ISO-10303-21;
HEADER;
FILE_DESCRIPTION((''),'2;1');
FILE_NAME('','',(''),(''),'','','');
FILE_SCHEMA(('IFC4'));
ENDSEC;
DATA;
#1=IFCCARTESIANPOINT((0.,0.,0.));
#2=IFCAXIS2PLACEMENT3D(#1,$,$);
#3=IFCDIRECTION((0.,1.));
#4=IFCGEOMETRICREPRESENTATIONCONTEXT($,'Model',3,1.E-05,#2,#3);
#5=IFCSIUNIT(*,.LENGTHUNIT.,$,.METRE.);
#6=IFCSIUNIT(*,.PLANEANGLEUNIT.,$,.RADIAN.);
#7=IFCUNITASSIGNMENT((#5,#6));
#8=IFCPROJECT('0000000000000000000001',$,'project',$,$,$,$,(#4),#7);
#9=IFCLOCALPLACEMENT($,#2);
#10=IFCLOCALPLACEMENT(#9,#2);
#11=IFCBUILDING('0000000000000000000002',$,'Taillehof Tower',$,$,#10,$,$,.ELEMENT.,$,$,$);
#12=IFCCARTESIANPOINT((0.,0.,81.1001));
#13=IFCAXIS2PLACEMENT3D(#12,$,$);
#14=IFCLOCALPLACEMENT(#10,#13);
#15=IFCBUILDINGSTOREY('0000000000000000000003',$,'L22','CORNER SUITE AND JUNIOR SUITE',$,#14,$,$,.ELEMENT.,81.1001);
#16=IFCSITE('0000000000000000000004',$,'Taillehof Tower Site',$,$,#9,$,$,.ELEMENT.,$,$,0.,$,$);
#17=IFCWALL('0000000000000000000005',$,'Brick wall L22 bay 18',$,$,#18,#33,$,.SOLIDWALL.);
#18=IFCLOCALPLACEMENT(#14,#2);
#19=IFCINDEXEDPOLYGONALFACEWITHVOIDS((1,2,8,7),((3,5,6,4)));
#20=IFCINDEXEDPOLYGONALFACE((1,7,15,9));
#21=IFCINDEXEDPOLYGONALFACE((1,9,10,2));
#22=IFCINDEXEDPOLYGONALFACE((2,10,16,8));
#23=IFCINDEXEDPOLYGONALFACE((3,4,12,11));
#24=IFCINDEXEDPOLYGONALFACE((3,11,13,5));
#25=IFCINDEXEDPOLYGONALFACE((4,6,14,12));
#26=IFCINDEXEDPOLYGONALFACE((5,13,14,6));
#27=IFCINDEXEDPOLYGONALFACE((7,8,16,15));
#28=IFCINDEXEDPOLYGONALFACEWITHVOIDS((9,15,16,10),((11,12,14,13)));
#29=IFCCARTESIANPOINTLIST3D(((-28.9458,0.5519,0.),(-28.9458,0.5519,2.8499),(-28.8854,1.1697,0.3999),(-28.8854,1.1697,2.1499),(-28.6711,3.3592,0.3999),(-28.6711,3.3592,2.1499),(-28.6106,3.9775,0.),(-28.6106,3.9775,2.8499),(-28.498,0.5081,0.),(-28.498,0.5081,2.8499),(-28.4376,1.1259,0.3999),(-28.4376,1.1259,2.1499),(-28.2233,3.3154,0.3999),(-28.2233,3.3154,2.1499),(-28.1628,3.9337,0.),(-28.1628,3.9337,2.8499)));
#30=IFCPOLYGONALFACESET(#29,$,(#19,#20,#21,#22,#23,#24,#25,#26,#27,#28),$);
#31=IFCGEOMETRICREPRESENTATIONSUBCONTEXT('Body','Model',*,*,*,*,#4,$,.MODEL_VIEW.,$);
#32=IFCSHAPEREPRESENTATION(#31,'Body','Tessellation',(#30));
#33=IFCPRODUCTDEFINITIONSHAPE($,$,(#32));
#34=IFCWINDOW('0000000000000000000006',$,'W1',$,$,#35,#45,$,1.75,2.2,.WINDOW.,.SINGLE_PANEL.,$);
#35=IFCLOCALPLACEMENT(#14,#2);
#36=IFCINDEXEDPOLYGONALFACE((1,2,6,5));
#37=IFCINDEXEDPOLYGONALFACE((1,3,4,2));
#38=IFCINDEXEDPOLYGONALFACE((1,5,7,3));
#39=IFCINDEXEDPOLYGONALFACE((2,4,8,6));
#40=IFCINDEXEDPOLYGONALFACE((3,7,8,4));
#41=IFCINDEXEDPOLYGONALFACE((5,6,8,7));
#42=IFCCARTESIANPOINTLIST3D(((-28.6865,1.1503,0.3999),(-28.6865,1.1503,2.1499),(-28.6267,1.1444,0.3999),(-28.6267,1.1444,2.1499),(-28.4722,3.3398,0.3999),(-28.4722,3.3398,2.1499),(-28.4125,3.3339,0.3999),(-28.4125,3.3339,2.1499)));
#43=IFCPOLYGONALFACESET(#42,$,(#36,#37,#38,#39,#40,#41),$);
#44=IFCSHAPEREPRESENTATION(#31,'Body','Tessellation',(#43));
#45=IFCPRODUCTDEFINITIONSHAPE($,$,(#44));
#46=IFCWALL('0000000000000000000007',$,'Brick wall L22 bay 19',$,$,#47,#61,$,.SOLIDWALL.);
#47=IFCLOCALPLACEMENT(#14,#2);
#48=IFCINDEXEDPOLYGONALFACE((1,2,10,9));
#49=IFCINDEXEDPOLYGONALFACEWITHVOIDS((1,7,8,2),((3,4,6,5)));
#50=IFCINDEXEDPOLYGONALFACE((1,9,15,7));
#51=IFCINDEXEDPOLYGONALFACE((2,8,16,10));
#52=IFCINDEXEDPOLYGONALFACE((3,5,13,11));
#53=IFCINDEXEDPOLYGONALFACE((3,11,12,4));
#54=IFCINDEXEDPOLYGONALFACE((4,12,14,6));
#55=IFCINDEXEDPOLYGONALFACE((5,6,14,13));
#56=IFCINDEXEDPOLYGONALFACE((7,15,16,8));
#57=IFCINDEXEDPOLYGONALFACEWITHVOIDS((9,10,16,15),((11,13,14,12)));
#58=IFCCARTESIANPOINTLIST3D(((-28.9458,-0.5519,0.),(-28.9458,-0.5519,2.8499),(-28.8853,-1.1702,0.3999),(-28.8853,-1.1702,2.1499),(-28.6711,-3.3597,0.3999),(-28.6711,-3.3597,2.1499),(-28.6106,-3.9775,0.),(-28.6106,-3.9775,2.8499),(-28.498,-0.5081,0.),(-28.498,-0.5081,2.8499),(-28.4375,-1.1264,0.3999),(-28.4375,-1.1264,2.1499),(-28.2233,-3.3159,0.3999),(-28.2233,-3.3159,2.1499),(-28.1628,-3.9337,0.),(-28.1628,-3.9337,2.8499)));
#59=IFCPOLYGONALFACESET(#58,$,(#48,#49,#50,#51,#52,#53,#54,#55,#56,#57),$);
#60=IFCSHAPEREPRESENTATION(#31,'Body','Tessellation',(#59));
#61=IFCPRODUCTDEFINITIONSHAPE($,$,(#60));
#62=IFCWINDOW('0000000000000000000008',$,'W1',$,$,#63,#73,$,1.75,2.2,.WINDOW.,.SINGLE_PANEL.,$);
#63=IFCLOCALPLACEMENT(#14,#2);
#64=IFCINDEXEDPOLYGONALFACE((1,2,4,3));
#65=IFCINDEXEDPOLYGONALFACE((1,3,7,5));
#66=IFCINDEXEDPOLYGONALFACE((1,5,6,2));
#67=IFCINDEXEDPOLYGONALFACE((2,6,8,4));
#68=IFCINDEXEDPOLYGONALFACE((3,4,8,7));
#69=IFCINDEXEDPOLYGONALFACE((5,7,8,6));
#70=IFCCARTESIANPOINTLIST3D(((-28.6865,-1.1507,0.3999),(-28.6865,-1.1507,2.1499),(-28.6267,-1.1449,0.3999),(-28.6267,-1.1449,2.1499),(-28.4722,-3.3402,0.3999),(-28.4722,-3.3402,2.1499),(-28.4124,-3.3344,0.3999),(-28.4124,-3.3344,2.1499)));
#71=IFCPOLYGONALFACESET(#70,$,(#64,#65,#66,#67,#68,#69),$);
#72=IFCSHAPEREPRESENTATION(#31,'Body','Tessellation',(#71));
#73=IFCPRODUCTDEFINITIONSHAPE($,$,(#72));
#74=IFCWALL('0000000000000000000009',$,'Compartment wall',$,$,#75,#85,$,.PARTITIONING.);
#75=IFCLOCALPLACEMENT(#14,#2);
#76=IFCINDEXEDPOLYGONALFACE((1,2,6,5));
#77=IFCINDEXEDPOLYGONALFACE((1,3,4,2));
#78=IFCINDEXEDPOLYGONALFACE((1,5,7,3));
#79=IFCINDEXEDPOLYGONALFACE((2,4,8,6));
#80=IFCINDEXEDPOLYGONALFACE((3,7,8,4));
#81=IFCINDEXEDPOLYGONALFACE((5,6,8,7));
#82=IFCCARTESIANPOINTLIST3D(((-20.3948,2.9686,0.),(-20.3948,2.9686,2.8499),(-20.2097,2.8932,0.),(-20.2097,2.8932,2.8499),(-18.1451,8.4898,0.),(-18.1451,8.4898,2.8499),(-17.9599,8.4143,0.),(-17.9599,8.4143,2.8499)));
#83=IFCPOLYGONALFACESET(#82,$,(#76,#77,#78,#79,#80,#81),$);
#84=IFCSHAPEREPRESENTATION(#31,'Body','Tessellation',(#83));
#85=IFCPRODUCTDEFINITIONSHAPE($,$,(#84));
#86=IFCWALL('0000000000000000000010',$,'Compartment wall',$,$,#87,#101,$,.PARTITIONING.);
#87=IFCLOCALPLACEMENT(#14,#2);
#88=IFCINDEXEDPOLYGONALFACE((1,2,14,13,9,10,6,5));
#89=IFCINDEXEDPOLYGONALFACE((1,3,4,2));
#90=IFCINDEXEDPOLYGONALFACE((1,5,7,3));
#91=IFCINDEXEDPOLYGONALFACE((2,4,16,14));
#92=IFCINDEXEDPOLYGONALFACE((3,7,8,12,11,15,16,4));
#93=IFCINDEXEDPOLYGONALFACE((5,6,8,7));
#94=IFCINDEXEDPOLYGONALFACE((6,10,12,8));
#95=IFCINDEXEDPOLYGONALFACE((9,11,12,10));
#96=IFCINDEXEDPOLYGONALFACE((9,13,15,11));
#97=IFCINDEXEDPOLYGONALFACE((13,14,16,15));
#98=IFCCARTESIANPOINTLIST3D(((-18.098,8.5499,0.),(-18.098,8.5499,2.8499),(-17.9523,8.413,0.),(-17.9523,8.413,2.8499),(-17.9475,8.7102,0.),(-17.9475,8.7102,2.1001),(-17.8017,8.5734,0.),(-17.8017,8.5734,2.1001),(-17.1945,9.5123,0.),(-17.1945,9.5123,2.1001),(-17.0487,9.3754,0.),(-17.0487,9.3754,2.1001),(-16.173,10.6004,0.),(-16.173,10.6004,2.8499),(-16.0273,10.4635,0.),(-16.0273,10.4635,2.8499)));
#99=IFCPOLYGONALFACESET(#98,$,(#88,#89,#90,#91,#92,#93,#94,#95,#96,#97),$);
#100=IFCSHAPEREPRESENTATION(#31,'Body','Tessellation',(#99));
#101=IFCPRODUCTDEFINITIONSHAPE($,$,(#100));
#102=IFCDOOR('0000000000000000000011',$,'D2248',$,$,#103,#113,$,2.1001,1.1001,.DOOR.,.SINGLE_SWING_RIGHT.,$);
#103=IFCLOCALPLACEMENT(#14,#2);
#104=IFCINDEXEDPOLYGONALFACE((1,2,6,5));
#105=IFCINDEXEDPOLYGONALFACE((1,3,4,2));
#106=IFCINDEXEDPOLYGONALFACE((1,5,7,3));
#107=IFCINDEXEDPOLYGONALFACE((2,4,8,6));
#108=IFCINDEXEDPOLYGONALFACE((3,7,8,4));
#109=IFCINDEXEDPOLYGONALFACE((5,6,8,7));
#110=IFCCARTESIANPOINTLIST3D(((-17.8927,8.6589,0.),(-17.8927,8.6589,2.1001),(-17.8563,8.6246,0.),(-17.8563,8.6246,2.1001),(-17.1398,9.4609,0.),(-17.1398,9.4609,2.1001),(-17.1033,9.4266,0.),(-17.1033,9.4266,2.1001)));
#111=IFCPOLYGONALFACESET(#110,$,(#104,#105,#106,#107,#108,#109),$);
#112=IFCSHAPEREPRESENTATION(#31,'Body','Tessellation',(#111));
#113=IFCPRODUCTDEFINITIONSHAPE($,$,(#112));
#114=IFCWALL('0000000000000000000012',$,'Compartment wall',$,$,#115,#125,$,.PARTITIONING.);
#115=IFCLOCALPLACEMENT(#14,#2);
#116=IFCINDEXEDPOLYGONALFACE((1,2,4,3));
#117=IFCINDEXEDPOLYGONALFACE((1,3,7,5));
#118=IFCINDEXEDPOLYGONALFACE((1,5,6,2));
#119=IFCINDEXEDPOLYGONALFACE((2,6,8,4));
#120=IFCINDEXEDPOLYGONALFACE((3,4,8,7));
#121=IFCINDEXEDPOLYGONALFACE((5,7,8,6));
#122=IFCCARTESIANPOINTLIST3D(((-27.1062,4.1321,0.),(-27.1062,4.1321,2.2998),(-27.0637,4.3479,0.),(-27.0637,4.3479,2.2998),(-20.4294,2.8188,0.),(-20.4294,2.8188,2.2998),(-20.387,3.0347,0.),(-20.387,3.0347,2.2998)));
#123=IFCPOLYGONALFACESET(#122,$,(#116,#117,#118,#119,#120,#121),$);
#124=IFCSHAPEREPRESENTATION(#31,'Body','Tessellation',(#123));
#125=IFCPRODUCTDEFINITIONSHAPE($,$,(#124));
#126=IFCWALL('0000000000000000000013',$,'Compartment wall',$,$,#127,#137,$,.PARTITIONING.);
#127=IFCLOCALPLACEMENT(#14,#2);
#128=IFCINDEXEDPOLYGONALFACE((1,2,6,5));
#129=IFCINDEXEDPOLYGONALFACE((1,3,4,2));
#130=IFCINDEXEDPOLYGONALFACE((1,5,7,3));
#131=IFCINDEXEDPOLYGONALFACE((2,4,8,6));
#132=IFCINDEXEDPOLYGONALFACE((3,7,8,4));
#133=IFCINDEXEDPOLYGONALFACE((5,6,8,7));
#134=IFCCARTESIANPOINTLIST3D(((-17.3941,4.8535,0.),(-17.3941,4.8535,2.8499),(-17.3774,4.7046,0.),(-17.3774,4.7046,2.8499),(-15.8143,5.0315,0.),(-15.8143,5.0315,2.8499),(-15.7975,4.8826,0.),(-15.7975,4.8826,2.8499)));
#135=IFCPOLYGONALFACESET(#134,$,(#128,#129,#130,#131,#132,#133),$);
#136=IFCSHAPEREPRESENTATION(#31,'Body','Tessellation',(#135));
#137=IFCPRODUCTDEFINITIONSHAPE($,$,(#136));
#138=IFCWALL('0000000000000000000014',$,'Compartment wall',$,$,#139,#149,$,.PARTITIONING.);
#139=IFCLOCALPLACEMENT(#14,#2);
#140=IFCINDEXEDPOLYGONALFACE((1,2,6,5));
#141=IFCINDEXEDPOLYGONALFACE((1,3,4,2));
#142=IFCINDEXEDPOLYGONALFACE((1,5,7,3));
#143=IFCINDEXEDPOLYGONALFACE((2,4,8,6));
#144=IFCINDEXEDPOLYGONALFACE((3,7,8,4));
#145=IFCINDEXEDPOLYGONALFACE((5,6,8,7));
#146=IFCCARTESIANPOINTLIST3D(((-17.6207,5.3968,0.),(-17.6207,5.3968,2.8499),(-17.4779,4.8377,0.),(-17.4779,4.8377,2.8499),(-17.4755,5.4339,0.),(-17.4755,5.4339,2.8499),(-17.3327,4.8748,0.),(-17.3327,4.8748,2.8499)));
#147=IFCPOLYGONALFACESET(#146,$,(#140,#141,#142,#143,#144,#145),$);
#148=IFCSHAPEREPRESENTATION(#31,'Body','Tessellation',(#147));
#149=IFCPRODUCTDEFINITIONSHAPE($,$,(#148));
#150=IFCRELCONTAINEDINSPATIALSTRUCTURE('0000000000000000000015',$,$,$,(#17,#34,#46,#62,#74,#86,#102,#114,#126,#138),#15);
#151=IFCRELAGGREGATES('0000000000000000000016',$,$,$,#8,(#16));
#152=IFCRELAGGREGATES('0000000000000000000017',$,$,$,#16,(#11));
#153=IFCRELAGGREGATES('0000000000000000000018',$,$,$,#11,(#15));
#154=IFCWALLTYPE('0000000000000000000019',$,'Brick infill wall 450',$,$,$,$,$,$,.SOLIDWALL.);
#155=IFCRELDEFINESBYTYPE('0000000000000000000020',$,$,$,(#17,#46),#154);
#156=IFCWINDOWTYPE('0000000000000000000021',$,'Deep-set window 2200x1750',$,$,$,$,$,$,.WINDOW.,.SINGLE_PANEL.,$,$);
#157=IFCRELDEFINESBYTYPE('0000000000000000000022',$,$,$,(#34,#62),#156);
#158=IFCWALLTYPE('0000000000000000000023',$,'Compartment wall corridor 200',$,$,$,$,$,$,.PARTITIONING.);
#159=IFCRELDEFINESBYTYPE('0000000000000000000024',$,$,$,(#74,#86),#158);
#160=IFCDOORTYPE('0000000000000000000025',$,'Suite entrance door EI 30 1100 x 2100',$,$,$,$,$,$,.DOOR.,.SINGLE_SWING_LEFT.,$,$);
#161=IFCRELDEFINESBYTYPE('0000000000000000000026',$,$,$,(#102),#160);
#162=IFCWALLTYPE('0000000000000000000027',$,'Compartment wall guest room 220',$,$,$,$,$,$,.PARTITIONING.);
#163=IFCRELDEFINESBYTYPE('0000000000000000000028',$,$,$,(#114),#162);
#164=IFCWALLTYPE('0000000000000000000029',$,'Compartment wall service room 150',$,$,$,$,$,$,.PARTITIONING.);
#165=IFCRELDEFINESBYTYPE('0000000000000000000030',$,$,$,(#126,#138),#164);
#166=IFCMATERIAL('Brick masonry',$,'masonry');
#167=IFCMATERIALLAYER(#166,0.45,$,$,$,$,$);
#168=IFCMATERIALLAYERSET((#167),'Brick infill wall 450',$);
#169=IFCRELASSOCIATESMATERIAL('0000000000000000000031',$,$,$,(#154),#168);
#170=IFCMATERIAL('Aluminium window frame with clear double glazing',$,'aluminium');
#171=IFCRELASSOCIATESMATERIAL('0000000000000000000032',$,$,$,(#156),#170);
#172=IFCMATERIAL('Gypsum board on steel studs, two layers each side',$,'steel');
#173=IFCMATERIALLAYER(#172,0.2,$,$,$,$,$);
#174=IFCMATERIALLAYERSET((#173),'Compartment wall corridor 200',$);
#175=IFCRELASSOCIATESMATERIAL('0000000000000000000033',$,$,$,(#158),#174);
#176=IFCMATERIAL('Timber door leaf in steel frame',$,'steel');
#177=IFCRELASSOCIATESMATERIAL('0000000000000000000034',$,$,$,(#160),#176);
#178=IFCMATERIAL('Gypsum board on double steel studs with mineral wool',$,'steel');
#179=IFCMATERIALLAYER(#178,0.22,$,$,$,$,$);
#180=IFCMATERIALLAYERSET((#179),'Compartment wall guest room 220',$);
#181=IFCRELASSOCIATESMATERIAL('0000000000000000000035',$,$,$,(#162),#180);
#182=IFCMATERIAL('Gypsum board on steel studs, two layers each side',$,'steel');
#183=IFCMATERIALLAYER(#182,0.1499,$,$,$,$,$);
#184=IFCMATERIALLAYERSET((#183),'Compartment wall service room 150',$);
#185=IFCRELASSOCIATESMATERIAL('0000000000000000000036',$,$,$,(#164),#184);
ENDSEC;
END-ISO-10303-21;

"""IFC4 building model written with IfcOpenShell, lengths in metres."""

from ifc_helpers import new_model, si_unit, direction, frame, frame_2d, origin, place, context, subcontext, project, spatial, rectangle, extrude, material, layer, layer_set, type_object, element, fill, save


model = new_model("IFC4")

# Units and contexts
model_context = context("Model", 3, precision=1e-05, world=origin(), true_north=direction((0.0, 1.0)))
body_context = subcontext(model_context, "Body", "Model", "MODEL_VIEW")
ifc_project = project(units=[si_unit("LENGTHUNIT", "METRE"), si_unit("PLANEANGLEUNIT", "RADIAN")], contexts=[model_context])

# Site, building, storey
site_placement = place(None, origin())
site = spatial("IfcSite", under=ifc_project, at=site_placement, Name="Taillehof Tower Site", CompositionType="ELEMENT", RefElevation=0.0)
building_placement = place(site_placement, origin())
building = spatial("IfcBuilding", under=site, at=building_placement, Name="Taillehof Tower", CompositionType="ELEMENT")
storey_placement = place(building_placement, frame((0.0, 0.0, 81.1001)))
storey = spatial("IfcBuildingStorey", under=building, at=storey_placement, Name="L22", Description="CORNER SUITE AND JUNIOR SUITE", CompositionType="ELEMENT", Elevation=81.1001)

# Walls, openings, windows
ifc_material_1 = material(Name="Brick masonry", Category="masonry")
ifc_layer_1 = layer(ifc_material_1, 0.45)
ifc_layer_set_1 = layer_set([ifc_layer_1], Name="Brick infill wall 450")
wall_type_1 = type_object("IfcWallType", Name="Brick infill wall 450", PredefinedType="SOLIDWALL", material=ifc_layer_set_1)
ifc_material_2 = material(Name="Aluminium window frame with clear double glazing", Category="aluminium")
window_type = type_object("IfcWindowType", Name="Deep-set window 2200x1750", PartitioningType="SINGLE_PANEL", PredefinedType="WINDOW", material=ifc_material_2)
wall_1_placement = place(storey_placement, frame((-28.3867, 3.9556, 0.0), z_axis=(0.0, 0.0, 1.0), x_axis=(-0.09739, -0.995246, 0.0)))
wall_1 = element("IfcWall", 1, at=wall_1_placement, inside=storey, type_object=wall_type_1, Name="Brick wall L22 bay 18", PredefinedType="SOLIDWALL", context=body_context, shape_type="SweptSolid", body=[
    extrude(rectangle(XDim=3.4419, YDim=0.45, at=frame_2d((1.7209, 0.0))), origin(), (0.0, 0.0, 1.0), 2.8499),
])
opening_1_placement = place(wall_1_placement, frame((0.6211, 0.0, 0.3999)))
opening_1 = element("IfcOpeningElement", 2, at=opening_1_placement, cuts=wall_1, PredefinedType="OPENING", context=body_context, shape_type="SweptSolid", body=[
    extrude(rectangle(XDim=2.2, YDim=1.75, at=frame_2d((1.1001, 0.875))), frame((0.0, 0.2349, 0.0), z_axis=(0.0, -1.0, 0.0), x_axis=(1.0, 0.0, 0.0)), (0.0, 0.0, 1.0), 0.47),
])
window_1_placement = place(opening_1_placement, origin())
window_1 = element("IfcWindow", 3, at=window_1_placement, inside=storey, type_object=window_type, Name="W1", OverallHeight=1.75, OverallWidth=2.2, PartitioningType="SINGLE_PANEL", PredefinedType="WINDOW", context=body_context, shape_type="SweptSolid", body=[
    extrude(rectangle(XDim=2.2, YDim=1.75, at=frame_2d((1.1001, 0.875))), frame((0.0, 0.0349, 0.0), z_axis=(0.0, -1.0, 0.0), x_axis=(1.0, 0.0, 0.0)), (0.0, 0.0, 1.0), 0.0601),
])
fill(opening_1, window_1)
wall_2_placement = place(storey_placement, frame((-28.7219, -0.53, 0.0), z_axis=(0.0, 0.0, 1.0), x_axis=(0.09739, -0.995246, 0.0)))
wall_2 = element("IfcWall", 4, at=wall_2_placement, inside=storey, type_object=wall_type_1, Name="Brick wall L22 bay 19", PredefinedType="SOLIDWALL", context=body_context, shape_type="SweptSolid", body=[
    extrude(rectangle(XDim=3.4419, YDim=0.45, at=frame_2d((1.7209, 0.0))), origin(), (0.0, 0.0, 1.0), 2.8499),
])
opening_2_placement = place(wall_2_placement, frame((0.6211, 0.0, 0.3999)))
opening_2 = element("IfcOpeningElement", 5, at=opening_2_placement, cuts=wall_2, PredefinedType="OPENING", context=body_context, shape_type="SweptSolid", body=[
    extrude(rectangle(XDim=2.2, YDim=1.75, at=frame_2d((1.1001, 0.875))), frame((0.0, 0.2349, 0.0), z_axis=(0.0, -1.0, 0.0), x_axis=(1.0, 0.0, 0.0)), (0.0, 0.0, 1.0), 0.47),
])
window_2_placement = place(opening_2_placement, origin())
window_2 = element("IfcWindow", 6, at=window_2_placement, inside=storey, type_object=window_type, Name="W1", OverallHeight=1.75, OverallWidth=2.2, PartitioningType="SINGLE_PANEL", PredefinedType="WINDOW", context=body_context, shape_type="SweptSolid", body=[
    extrude(rectangle(XDim=2.2, YDim=1.75, at=frame_2d((1.1001, 0.875))), frame((0.0, 0.0349, 0.0), z_axis=(0.0, -1.0, 0.0), x_axis=(1.0, 0.0, 0.0)), (0.0, 0.0, 1.0), 0.0601),
])
fill(opening_2, window_2)

# Wall
ifc_material_3 = material(Name="Gypsum board on steel studs, two layers each side", Category="steel")
ifc_layer_2 = layer(ifc_material_3, 0.2)
ifc_layer_set_2 = layer_set([ifc_layer_2], Name="Compartment wall corridor 200")
wall_type_2 = type_object("IfcWallType", Name="Compartment wall corridor 200", PredefinedType="PARTITIONING", material=ifc_layer_set_2)
wall_3_placement = place(storey_placement, frame((-20.3022, 2.9309, 0.0), z_axis=(0.0, 0.0, 1.0), x_axis=(0.377349, 0.926071, 0.0)))
element("IfcWall", 7, at=wall_3_placement, inside=storey, type_object=wall_type_2, Name="Compartment wall", PredefinedType="PARTITIONING", context=body_context, shape_type="SweptSolid", body=[
    extrude(rectangle(XDim=5.9619, YDim=0.2, at=frame_2d((2.981, 0.0))), origin(), (0.0, 0.0, 1.0), 2.8499),
])

# Wall, opening, door
wall_4_placement = place(storey_placement, frame((-18.0251, 8.4814, 0.0), z_axis=(0.0, 0.0, 1.0), x_axis=(0.684446, 0.729063, 0.0)))
wall_4 = element("IfcWall", 8, at=wall_4_placement, inside=storey, type_object=wall_type_2, Name="Compartment wall", PredefinedType="PARTITIONING", context=body_context, shape_type="SweptSolid", body=[
    extrude(rectangle(XDim=2.8125, YDim=0.2, at=frame_2d((1.4062, 0.0))), origin(), (0.0, 0.0, 1.0), 2.8499),
])
opening_3_placement = place(wall_4_placement, frame((0.22, 0.0, 0.0)))
opening_3 = element("IfcOpeningElement", 9, at=opening_3_placement, cuts=wall_4, PredefinedType="OPENING", context=body_context, shape_type="SweptSolid", body=[
    extrude(rectangle(XDim=1.1001, YDim=2.1001, at=frame_2d((0.55, 1.05))), frame((0.0, 0.1099, 0.0), z_axis=(0.0, -1.0, 0.0), x_axis=(1.0, 0.0, 0.0)), (0.0, 0.0, 1.0), 0.22),
])
ifc_material_4 = material(Name="Timber door leaf in steel frame", Category="steel")
door_type_1 = type_object("IfcDoorType", Name="Suite entrance door EI 30 1100 x 2100", OperationType="SINGLE_SWING_LEFT", PredefinedType="DOOR", material=ifc_material_4)
door_1_placement = place(opening_3_placement, origin())
door_1 = element("IfcDoor", 10, at=door_1_placement, inside=storey, type_object=door_type_1, Name="D2248", OperationType="SINGLE_SWING_RIGHT", OverallHeight=2.1001, OverallWidth=1.1001, PredefinedType="DOOR", context=body_context, shape_type="SweptSolid", body=[
    extrude(rectangle(XDim=1.1001, YDim=2.1001, at=frame_2d((0.55, 1.05))), frame((0.0, 0.0249, 0.0), z_axis=(0.0, -1.0, 0.0), x_axis=(1.0, 0.0, 0.0)), (0.0, 0.0, 1.0), 0.05),
])
fill(opening_3, door_1)

# Walls
ifc_material_5 = material(Name="Gypsum board on double steel studs with mineral wool", Category="steel")
ifc_layer_3 = layer(ifc_material_5, 0.22)
ifc_layer_set_3 = layer_set([ifc_layer_3], Name="Compartment wall guest room 220")
wall_type_3 = type_object("IfcWallType", Name="Compartment wall guest room 220", PredefinedType="PARTITIONING", material=ifc_layer_set_3)
wall_5_placement = place(storey_placement, frame((-27.085, 4.24, 0.0), z_axis=(0.0, 0.0, 1.0), x_axis=(0.981201, -0.19299, 0.0)))
element("IfcWall", 11, at=wall_5_placement, inside=storey, type_object=wall_type_3, Name="Compartment wall", PredefinedType="PARTITIONING", context=body_context, shape_type="SweptSolid", body=[
    extrude(rectangle(XDim=6.8047, YDim=0.22, at=frame_2d((3.4023, 0.0))), origin(), (0.0, 0.0, 1.0), 2.2998),
])
ifc_material_6 = material(Name="Gypsum board on steel studs, two layers each side", Category="steel")
ifc_layer_4 = layer(ifc_material_6, 0.1499)
ifc_layer_set_4 = layer_set([ifc_layer_4], Name="Compartment wall service room 150")
wall_type_4 = type_object("IfcWallType", Name="Compartment wall service room 150", PredefinedType="PARTITIONING", material=ifc_layer_set_4)
wall_6_placement = place(storey_placement, frame((-15.8059, 4.957, 0.0), z_axis=(0.0, 0.0, 1.0), x_axis=(-0.993714, -0.111948, 0.0)))
element("IfcWall", 12, at=wall_6_placement, inside=storey, type_object=wall_type_4, Name="Compartment wall", PredefinedType="PARTITIONING", context=body_context, shape_type="SweptSolid", body=[
    extrude(rectangle(XDim=1.5898, YDim=0.1499, at=frame_2d((0.7949, 0.0))), origin(), (0.0, 0.0, 1.0), 2.8499),
])
wall_7_placement = place(storey_placement, frame((-17.4053, 4.8562, 0.0), z_axis=(0.0, 0.0, 1.0), x_axis=(-0.24751, 0.968885, 0.0)))
element("IfcWall", 13, at=wall_7_placement, inside=storey, type_object=wall_type_4, Name="Compartment wall", PredefinedType="PARTITIONING", context=body_context, shape_type="SweptSolid", body=[
    extrude(rectangle(XDim=0.5771, YDim=0.1499, at=frame_2d((0.2886, 0.0))), origin(), (0.0, 0.0, 1.0), 2.8499),
])

save(model, "model.ifc")
